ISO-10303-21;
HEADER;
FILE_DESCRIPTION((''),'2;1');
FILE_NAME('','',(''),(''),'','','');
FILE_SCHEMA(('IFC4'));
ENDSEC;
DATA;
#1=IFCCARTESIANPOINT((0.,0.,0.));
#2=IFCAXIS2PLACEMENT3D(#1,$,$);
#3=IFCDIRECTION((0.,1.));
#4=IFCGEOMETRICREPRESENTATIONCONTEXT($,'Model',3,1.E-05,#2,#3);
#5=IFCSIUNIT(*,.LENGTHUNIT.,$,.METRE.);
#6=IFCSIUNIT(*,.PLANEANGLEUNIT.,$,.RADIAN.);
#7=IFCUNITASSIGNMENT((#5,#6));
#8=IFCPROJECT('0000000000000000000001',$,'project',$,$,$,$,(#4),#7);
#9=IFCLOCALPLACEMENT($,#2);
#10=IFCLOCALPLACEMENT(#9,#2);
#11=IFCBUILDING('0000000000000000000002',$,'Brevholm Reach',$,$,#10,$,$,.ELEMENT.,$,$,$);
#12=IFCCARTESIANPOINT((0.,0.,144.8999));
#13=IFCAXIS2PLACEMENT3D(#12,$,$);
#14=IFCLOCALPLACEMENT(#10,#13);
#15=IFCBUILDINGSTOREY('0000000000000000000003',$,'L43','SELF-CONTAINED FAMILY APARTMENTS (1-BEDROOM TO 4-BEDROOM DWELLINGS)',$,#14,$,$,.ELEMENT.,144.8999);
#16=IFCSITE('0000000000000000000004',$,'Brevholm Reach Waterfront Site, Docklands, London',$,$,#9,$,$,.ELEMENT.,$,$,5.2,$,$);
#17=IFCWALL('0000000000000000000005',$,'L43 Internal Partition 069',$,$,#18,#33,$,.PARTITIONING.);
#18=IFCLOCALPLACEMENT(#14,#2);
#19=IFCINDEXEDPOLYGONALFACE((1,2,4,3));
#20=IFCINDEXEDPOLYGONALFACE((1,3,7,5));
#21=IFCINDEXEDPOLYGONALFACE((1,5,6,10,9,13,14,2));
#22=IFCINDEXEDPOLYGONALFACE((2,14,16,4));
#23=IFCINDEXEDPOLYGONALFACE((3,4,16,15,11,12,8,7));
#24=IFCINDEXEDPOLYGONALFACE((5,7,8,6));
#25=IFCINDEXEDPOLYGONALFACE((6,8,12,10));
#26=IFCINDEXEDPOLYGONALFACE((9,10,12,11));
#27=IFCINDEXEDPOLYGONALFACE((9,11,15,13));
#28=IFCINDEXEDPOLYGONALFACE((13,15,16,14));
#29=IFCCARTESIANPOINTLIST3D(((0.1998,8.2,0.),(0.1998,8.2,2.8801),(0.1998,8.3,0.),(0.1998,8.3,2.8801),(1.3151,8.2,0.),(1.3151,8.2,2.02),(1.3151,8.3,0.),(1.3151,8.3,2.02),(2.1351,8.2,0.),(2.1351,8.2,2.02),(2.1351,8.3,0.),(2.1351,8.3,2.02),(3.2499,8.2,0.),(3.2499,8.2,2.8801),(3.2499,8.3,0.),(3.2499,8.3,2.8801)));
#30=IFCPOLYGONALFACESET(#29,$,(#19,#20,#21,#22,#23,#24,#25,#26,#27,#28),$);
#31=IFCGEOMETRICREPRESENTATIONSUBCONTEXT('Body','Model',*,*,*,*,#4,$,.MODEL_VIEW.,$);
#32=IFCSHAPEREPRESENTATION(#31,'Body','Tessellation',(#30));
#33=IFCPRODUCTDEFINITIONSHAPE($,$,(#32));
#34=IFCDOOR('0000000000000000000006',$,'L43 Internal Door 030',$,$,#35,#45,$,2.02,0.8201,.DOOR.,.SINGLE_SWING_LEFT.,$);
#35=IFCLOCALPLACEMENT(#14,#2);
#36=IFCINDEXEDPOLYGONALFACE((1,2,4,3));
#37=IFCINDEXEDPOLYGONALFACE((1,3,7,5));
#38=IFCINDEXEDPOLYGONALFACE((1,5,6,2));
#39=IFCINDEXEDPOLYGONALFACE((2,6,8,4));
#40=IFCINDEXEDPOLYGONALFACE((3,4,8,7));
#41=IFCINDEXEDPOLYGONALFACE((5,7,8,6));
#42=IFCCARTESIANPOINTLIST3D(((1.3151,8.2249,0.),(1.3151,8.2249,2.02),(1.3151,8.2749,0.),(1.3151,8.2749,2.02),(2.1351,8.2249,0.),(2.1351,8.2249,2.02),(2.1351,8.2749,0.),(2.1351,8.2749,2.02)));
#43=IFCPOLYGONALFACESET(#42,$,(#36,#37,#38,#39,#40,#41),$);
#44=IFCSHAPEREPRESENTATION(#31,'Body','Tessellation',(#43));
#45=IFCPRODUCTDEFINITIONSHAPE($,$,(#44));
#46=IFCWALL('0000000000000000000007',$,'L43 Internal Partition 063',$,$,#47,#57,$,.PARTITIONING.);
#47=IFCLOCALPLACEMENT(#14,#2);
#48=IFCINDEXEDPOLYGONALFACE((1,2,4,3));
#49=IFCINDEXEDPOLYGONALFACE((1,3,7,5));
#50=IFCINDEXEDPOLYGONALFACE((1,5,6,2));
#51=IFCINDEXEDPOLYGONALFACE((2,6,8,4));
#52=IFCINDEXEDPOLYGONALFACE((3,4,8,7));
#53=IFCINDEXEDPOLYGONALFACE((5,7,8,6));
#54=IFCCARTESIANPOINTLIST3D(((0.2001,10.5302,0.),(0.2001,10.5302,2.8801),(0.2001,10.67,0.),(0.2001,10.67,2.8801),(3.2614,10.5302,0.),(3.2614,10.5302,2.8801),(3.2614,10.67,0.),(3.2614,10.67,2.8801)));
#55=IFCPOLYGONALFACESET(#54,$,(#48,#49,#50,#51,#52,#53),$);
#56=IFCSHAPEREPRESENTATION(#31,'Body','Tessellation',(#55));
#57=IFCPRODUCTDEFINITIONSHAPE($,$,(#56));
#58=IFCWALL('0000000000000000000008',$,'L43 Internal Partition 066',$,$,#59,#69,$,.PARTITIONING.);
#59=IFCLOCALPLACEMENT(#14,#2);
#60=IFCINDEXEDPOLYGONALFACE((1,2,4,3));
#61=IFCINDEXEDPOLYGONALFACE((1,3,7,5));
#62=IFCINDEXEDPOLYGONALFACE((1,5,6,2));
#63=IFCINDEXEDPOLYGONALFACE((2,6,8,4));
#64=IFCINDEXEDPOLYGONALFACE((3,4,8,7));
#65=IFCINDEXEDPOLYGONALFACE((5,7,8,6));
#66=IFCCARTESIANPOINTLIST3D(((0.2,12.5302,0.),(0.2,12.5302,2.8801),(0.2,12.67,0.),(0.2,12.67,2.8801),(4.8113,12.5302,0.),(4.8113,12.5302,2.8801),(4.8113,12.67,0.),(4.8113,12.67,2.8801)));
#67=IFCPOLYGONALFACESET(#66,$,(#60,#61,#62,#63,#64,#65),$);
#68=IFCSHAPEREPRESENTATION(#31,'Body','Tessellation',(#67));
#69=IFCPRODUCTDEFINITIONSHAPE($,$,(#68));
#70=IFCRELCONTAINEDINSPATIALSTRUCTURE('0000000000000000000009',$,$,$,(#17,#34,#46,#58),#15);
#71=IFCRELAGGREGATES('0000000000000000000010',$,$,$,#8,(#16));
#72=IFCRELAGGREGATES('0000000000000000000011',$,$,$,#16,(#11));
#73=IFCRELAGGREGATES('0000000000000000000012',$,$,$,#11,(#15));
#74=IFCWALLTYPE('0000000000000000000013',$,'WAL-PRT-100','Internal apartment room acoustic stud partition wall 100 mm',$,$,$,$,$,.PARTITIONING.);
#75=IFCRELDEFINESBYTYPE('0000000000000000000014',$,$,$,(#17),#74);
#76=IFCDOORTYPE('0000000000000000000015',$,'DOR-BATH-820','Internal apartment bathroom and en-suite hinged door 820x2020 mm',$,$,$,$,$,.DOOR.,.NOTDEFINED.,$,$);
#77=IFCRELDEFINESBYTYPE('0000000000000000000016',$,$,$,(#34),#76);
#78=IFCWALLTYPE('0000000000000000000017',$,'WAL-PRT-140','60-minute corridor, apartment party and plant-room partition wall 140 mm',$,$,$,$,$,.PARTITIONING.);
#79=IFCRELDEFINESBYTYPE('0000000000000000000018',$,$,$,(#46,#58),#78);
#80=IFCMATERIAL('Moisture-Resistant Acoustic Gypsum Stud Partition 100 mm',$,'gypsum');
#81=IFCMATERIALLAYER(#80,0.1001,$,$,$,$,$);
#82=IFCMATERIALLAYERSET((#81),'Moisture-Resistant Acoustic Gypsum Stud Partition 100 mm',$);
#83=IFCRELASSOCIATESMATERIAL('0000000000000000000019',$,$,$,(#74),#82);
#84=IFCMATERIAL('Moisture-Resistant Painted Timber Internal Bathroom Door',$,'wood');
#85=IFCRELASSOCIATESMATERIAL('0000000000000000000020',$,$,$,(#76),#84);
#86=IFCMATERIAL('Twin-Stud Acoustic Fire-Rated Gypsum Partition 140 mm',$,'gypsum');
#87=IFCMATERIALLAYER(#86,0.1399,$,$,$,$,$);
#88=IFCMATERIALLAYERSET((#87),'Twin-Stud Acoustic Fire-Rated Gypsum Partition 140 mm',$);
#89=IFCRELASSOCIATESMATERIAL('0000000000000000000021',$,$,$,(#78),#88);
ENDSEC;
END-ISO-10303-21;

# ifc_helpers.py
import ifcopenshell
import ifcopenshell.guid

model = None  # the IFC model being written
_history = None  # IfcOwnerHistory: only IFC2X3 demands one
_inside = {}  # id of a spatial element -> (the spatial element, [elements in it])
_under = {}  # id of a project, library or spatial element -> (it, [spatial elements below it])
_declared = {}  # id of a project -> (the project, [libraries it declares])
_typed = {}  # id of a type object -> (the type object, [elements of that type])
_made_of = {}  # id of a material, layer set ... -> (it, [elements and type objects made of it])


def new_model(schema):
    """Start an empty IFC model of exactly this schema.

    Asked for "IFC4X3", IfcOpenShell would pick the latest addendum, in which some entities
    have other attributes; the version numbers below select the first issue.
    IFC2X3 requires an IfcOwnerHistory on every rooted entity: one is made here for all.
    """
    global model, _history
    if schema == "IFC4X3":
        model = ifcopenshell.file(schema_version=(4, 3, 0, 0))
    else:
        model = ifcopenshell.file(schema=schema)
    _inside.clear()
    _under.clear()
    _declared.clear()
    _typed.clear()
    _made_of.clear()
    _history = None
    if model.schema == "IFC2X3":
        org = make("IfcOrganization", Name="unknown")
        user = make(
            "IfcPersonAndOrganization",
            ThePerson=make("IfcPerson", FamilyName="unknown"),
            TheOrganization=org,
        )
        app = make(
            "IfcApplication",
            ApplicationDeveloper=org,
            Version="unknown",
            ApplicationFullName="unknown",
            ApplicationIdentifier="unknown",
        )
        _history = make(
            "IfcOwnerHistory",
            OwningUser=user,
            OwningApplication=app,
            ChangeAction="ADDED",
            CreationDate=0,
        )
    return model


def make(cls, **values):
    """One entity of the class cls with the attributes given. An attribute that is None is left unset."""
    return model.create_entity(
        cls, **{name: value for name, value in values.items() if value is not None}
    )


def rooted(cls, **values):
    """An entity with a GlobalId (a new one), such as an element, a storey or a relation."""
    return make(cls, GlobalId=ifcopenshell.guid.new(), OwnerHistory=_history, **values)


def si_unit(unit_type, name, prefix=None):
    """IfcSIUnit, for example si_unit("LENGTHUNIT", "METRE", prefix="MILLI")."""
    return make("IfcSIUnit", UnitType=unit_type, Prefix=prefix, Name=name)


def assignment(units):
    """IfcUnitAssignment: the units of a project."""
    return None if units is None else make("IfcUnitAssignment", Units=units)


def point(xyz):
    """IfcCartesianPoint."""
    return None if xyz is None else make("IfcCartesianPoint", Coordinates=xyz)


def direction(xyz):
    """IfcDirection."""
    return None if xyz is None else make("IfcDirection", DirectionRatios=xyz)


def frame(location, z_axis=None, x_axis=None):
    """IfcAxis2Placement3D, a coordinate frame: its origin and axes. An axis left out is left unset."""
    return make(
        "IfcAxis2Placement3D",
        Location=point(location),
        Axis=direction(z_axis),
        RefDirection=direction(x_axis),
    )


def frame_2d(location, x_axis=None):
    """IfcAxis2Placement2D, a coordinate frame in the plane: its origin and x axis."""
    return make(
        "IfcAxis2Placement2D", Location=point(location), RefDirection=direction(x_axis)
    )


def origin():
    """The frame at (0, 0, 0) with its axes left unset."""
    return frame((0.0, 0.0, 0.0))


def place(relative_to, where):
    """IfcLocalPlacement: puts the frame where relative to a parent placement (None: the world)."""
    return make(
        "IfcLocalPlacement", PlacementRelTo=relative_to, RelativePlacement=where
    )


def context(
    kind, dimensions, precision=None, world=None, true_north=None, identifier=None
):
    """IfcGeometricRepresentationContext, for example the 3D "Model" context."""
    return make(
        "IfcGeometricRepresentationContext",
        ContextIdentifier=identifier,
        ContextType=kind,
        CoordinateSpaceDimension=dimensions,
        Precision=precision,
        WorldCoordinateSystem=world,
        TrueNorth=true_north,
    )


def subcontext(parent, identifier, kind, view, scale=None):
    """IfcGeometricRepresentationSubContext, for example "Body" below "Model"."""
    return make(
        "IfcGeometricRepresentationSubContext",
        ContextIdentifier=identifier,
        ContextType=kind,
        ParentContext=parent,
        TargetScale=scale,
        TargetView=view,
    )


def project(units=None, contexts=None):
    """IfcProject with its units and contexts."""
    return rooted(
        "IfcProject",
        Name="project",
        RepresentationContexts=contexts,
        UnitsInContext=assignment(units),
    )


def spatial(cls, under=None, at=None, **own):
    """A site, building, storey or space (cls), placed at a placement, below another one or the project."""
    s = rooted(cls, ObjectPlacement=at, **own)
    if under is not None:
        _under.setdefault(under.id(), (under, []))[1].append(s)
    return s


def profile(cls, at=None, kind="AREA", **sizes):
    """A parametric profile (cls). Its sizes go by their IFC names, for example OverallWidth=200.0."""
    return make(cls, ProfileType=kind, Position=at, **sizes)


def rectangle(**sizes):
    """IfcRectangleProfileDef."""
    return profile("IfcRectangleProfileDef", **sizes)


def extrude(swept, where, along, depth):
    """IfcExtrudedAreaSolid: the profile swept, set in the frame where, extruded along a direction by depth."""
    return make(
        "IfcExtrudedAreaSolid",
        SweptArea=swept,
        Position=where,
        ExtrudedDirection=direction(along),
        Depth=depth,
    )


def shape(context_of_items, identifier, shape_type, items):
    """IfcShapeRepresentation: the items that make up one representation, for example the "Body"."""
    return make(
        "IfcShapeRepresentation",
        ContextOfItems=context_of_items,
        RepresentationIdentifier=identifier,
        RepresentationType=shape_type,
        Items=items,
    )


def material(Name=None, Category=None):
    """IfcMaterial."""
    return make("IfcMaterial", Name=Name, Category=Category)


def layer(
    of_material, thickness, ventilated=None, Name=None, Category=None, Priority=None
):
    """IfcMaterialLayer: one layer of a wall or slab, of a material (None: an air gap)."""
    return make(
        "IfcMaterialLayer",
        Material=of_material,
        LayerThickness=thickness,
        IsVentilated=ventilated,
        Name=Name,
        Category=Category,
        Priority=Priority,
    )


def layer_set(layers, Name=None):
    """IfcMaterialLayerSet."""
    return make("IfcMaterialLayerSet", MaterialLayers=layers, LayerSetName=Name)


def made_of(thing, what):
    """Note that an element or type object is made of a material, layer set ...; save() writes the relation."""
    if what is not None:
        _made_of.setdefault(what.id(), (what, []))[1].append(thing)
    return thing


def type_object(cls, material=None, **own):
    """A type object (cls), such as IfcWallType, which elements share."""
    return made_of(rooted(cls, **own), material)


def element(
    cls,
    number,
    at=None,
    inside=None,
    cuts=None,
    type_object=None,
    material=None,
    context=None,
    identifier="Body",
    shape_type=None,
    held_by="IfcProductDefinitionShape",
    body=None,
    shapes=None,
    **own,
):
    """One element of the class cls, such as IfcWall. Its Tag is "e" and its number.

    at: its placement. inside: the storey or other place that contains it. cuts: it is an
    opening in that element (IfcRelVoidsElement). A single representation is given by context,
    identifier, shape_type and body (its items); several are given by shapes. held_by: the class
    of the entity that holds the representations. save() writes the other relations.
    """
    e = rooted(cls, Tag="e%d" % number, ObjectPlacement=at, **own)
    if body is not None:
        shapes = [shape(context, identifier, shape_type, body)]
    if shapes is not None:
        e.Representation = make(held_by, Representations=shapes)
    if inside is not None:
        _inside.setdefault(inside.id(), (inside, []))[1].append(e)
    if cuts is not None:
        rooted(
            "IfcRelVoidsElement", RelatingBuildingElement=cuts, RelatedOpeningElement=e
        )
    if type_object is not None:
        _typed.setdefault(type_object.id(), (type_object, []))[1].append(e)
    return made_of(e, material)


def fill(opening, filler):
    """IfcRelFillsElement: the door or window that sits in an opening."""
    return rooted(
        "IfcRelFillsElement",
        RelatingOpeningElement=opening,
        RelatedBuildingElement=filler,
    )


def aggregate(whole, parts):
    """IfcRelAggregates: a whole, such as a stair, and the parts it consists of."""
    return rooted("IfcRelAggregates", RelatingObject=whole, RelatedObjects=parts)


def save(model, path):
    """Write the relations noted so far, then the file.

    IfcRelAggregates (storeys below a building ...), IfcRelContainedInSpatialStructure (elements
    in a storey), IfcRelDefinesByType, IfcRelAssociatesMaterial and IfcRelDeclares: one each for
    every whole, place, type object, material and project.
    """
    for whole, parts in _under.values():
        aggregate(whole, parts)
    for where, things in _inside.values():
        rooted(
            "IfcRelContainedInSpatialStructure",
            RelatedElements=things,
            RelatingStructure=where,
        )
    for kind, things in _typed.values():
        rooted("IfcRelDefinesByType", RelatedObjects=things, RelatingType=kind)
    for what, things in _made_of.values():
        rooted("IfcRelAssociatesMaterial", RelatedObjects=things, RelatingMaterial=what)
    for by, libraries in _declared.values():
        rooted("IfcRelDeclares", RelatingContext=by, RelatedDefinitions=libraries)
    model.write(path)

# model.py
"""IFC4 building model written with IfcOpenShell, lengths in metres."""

from ifc_helpers import new_model, si_unit, direction, frame, frame_2d, origin, place, context, subcontext, project, spatial, rectangle, extrude, material, layer, layer_set, type_object, element, fill, save


model = new_model("IFC4")

# Units and contexts
model_context = context("Model", 3, precision=1e-05, world=origin(), true_north=direction((0.0, 1.0)))
body_context = subcontext(model_context, "Body", "Model", "MODEL_VIEW")
ifc_project = project(units=[si_unit("LENGTHUNIT", "METRE"), si_unit("PLANEANGLEUNIT", "RADIAN")], contexts=[model_context])

# Site, building, storey
site_placement = place(None, origin())
site = spatial("IfcSite", under=ifc_project, at=site_placement, Name="Brevholm Reach Waterfront Site, Docklands, London", CompositionType="ELEMENT", RefElevation=5.2)
building_placement = place(site_placement, origin())
building = spatial("IfcBuilding", under=site, at=building_placement, Name="Brevholm Reach", CompositionType="ELEMENT")
storey_placement = place(building_placement, frame((0.0, 0.0, 144.8999)))
storey = spatial("IfcBuildingStorey", under=building, at=storey_placement, Name="L43", Description="SELF-CONTAINED FAMILY APARTMENTS (1-BEDROOM TO 4-BEDROOM DWELLINGS)", CompositionType="ELEMENT", Elevation=144.8999)

# Wall, opening, door
ifc_material_1 = material(Name="Moisture-Resistant Acoustic Gypsum Stud Partition 100 mm", Category="gypsum")
ifc_layer_1 = layer(ifc_material_1, 0.1001)
ifc_layer_set_1 = layer_set([ifc_layer_1], Name="Moisture-Resistant Acoustic Gypsum Stud Partition 100 mm")
wall_type_1 = type_object("IfcWallType", Name="WAL-PRT-100", Description="Internal apartment room acoustic stud partition wall 100 mm", PredefinedType="PARTITIONING", material=ifc_layer_set_1)
wall_1_placement = place(storey_placement, frame((0.2, 8.25, 0.0), z_axis=(0.0, 0.0, 1.0), x_axis=(1.0, 0.0, 0.0)))
wall_1 = element("IfcWall", 1, at=wall_1_placement, inside=storey, type_object=wall_type_1, Name="L43 Internal Partition 069", PredefinedType="PARTITIONING", context=body_context, shape_type="SweptSolid", body=[
    extrude(rectangle(XDim=3.05, YDim=0.1001, at=frame_2d((1.5249, 0.0))), origin(), (0.0, 0.0, 1.0), 2.8801),
])
opening_1_placement = place(wall_1_placement, frame((1.115, 0.0, 0.0)))
opening_1 = element("IfcOpeningElement", 2, at=opening_1_placement, cuts=wall_1, PredefinedType="OPENING", context=body_context, shape_type="SweptSolid", body=[
    extrude(rectangle(XDim=0.8201, YDim=2.02, at=frame_2d((0.4102, 1.01))), frame((0.0, 0.0601, 0.0), z_axis=(0.0, -1.0, 0.0), x_axis=(1.0, 0.0, 0.0)), (0.0, 0.0, 1.0), 0.1201),
])
ifc_material_2 = material(Name="Moisture-Resistant Painted Timber Internal Bathroom Door", Category="wood")
door_type = type_object("IfcDoorType", Name="DOR-BATH-820", Description="Internal apartment bathroom and en-suite hinged door 820x2020 mm", OperationType="NOTDEFINED", PredefinedType="DOOR", material=ifc_material_2)
door_placement = place(opening_1_placement, origin())
door = element("IfcDoor", 3, at=door_placement, inside=storey, type_object=door_type, Name="L43 Internal Door 030", OperationType="SINGLE_SWING_LEFT", OverallHeight=2.02, OverallWidth=0.8201, PredefinedType="DOOR", context=body_context, shape_type="SweptSolid", body=[
    extrude(rectangle(XDim=0.8201, YDim=2.02, at=frame_2d((0.4102, 1.01))), frame((0.0, 0.0249, 0.0), z_axis=(0.0, -1.0, 0.0), x_axis=(1.0, 0.0, 0.0)), (0.0, 0.0, 1.0), 0.05),
])
fill(opening_1, door)

# Walls
ifc_material_3 = material(Name="Twin-Stud Acoustic Fire-Rated Gypsum Partition 140 mm", Category="gypsum")
ifc_layer_2 = layer(ifc_material_3, 0.1399)
ifc_layer_set_2 = layer_set([ifc_layer_2], Name="Twin-Stud Acoustic Fire-Rated Gypsum Partition 140 mm")
wall_type_2 = type_object("IfcWallType", Name="WAL-PRT-140", Description="60-minute corridor, apartment party and plant-room partition wall 140 mm", PredefinedType="PARTITIONING", material=ifc_layer_set_2)
wall_2_placement = place(storey_placement, frame((0.2, 10.6001, 0.0), z_axis=(0.0, 0.0, 1.0), x_axis=(1.0, 0.0, 0.0)))
element("IfcWall", 4, at=wall_2_placement, inside=storey, type_object=wall_type_2, Name="L43 Internal Partition 063", PredefinedType="PARTITIONING", context=body_context, shape_type="SweptSolid", body=[
    extrude(rectangle(XDim=3.0613, YDim=0.1399, at=frame_2d((1.5308, 0.0))), origin(), (0.0, 0.0, 1.0), 2.8801),
])
wall_3_placement = place(storey_placement, frame((0.2, 12.6001, 0.0), z_axis=(0.0, 0.0, 1.0), x_axis=(1.0, 0.0, 0.0)))
element("IfcWall", 5, at=wall_3_placement, inside=storey, type_object=wall_type_2, Name="L43 Internal Partition 066", PredefinedType="PARTITIONING", context=body_context, shape_type="SweptSolid", body=[
    extrude(rectangle(XDim=4.6113, YDim=0.1399, at=frame_2d((2.3057, 0.0))), origin(), (0.0, 0.0, 1.0), 2.8801),
])

save(model, "model.ifc")
